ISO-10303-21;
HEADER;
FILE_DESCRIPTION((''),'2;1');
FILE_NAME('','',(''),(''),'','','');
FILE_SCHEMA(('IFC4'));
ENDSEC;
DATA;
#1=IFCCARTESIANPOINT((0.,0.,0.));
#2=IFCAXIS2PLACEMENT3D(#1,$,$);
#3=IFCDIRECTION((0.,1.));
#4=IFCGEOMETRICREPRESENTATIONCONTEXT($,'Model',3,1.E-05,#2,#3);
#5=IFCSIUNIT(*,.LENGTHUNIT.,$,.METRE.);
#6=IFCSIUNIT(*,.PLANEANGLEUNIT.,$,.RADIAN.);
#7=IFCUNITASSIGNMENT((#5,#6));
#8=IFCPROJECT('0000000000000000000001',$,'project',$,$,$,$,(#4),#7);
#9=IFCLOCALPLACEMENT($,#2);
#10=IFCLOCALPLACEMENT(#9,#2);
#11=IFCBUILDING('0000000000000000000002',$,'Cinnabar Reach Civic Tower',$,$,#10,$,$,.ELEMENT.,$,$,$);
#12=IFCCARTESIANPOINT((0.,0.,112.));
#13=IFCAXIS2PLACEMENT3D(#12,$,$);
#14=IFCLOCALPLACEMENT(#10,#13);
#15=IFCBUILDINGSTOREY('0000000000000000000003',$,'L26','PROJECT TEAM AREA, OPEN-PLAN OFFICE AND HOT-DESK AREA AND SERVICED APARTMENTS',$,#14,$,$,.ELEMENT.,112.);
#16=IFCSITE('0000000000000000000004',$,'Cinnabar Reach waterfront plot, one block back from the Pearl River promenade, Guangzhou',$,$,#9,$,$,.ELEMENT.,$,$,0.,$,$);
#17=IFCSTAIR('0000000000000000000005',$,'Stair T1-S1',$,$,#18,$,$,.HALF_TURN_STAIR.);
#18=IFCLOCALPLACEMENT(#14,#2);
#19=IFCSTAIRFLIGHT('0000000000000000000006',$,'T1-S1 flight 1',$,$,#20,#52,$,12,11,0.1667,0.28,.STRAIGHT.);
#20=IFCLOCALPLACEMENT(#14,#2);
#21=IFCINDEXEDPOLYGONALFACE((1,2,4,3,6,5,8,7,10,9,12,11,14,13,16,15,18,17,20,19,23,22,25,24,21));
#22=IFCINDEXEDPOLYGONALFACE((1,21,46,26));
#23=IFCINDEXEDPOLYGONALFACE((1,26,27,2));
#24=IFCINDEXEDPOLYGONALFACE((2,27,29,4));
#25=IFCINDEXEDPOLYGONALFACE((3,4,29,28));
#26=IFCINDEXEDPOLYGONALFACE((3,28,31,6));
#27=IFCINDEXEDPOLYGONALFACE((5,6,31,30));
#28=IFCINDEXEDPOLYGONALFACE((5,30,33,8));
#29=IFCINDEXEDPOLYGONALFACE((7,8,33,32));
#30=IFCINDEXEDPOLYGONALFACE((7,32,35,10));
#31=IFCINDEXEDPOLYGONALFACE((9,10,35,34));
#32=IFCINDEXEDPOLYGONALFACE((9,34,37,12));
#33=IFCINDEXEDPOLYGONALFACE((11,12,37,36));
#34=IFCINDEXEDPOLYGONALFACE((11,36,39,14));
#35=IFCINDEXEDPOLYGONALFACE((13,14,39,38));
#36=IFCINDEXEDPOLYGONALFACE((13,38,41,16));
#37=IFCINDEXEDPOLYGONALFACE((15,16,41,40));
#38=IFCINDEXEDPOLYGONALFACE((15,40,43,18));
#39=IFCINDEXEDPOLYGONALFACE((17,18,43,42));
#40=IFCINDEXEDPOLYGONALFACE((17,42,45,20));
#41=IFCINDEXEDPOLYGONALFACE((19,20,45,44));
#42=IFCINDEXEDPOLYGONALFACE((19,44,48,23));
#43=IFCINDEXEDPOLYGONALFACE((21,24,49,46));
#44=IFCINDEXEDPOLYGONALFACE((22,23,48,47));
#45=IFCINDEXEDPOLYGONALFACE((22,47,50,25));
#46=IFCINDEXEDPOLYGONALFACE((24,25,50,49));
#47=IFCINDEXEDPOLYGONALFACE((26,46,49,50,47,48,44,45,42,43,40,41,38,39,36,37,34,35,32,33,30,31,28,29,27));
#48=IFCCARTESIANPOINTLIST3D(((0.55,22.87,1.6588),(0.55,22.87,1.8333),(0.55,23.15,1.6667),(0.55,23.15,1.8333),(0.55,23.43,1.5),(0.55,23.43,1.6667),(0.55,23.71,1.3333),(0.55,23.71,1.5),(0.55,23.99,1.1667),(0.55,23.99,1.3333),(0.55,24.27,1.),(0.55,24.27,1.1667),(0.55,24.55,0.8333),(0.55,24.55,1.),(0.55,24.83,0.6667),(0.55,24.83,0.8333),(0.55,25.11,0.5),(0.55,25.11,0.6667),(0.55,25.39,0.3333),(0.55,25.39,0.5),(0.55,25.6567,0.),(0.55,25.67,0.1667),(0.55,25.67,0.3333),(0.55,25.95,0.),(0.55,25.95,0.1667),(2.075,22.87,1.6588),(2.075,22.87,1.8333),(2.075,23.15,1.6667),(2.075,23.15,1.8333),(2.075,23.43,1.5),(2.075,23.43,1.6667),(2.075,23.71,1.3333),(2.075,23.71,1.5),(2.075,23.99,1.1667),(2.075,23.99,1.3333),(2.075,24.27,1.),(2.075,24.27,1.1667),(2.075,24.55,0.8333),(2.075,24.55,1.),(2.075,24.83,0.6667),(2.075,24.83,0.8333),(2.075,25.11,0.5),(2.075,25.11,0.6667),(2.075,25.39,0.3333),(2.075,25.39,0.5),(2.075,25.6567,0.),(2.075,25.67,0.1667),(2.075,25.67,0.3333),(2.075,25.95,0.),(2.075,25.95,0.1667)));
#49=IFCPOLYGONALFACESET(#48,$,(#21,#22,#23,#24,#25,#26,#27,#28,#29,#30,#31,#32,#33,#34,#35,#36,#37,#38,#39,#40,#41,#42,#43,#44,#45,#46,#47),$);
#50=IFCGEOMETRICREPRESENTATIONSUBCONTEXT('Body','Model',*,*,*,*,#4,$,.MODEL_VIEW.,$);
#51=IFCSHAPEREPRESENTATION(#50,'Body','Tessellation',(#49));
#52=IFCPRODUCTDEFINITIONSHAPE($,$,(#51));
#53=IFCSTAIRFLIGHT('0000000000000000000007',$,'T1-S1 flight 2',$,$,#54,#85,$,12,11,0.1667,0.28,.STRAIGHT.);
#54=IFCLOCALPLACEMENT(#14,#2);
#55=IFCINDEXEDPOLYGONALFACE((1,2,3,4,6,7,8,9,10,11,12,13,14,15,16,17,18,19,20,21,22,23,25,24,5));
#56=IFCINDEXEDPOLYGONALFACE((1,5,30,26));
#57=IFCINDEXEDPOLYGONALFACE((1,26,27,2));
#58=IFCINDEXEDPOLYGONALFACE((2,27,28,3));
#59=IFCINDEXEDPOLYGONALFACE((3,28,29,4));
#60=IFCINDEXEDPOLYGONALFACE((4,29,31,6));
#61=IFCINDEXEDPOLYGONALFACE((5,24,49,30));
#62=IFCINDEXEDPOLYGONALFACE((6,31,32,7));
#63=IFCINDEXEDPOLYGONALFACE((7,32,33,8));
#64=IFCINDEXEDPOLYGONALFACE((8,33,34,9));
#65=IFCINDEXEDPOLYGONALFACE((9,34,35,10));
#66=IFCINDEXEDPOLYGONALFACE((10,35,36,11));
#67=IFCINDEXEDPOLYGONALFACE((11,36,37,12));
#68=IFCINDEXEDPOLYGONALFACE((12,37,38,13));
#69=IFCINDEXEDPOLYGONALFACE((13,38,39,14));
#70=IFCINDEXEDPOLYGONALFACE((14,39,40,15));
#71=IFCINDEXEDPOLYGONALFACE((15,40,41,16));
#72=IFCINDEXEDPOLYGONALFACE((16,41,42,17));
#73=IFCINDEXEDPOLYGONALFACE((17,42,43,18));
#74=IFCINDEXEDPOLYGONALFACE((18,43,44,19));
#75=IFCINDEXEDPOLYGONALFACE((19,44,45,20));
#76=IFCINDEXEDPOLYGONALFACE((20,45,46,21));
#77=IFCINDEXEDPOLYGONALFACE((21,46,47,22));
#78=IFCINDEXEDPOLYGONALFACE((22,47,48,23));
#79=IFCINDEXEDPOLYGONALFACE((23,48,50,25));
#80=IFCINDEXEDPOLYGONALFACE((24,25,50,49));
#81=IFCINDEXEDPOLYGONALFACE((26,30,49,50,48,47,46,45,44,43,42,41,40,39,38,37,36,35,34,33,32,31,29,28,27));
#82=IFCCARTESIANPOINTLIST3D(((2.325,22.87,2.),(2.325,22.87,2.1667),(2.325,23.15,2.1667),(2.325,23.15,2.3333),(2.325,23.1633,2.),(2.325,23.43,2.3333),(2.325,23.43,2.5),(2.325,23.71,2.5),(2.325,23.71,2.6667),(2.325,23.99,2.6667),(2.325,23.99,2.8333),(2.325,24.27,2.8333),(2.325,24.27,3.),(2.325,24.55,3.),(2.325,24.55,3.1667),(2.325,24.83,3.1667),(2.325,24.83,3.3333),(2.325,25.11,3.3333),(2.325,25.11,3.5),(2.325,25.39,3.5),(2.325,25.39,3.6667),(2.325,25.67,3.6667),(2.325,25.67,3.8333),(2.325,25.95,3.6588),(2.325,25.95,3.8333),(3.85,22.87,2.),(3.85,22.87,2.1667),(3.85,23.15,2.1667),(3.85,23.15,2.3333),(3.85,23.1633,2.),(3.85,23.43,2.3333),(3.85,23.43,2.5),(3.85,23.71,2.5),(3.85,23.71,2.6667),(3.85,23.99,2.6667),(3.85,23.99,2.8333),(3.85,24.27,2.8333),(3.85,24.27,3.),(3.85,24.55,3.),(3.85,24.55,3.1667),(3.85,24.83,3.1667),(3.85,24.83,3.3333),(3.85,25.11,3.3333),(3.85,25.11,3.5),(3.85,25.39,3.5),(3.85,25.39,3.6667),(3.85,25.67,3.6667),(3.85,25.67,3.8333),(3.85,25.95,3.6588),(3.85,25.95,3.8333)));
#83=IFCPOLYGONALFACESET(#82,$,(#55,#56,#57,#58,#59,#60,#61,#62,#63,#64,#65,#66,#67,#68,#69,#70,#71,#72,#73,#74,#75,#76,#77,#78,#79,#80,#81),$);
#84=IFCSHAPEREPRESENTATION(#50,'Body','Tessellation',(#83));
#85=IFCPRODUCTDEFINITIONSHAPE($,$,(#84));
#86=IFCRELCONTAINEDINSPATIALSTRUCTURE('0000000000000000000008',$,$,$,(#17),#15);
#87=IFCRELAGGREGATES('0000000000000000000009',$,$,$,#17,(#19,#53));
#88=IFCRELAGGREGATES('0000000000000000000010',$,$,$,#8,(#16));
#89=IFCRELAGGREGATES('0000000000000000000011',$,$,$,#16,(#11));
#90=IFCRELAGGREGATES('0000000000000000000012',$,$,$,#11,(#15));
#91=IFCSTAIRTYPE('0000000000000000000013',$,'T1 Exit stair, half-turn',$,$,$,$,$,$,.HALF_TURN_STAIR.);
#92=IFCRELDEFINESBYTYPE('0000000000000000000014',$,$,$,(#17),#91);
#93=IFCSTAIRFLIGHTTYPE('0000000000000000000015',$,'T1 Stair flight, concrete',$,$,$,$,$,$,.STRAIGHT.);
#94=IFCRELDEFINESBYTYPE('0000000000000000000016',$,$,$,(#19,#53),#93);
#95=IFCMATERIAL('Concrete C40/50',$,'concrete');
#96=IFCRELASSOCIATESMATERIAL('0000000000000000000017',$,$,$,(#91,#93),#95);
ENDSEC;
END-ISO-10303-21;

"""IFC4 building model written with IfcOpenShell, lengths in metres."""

from ifc_helpers import new_model, si_unit, direction, frame, origin, place, context, subcontext, project, spatial, polyline, outline, extrude, material, type_object, element, aggregate, save


model = new_model("IFC4")

# Units and contexts
model_context = context("Model", 3, precision=1e-05, world=origin(), true_north=direction((0.0, 1.0)))
body_context = subcontext(model_context, "Body", "Model", "MODEL_VIEW")
ifc_project = project(units=[si_unit("LENGTHUNIT", "METRE"), si_unit("PLANEANGLEUNIT", "RADIAN")], contexts=[model_context])

# Site, building, storey
site_placement = place(None, origin())
site = spatial("IfcSite", under=ifc_project, at=site_placement, Name="Cinnabar Reach waterfront plot, one block back from the Pearl River promenade, Guangzhou", CompositionType="ELEMENT", RefElevation=0.0)
building_placement = place(site_placement, origin())
building = spatial("IfcBuilding", under=site, at=building_placement, Name="Cinnabar Reach Civic Tower", CompositionType="ELEMENT")
storey_placement = place(building_placement, frame((0.0, 0.0, 112.0)))
storey = spatial("IfcBuildingStorey", under=building, at=storey_placement, Name="L26", Description="PROJECT TEAM AREA, OPEN-PLAN OFFICE AND HOT-DESK AREA AND SERVICED APARTMENTS", CompositionType="ELEMENT", Elevation=112.0)

# Stair, stair flights
ifc_material_1 = material(Name="Concrete C40/50", Category="concrete")
stair_type = type_object("IfcStairType", Name="T1 Exit stair, half-turn", PredefinedType="HALF_TURN_STAIR", material=ifc_material_1)
stair_placement = place(storey_placement, origin())
stair = element("IfcStair", 1, at=stair_placement, inside=storey, type_object=stair_type, Name="Stair T1-S1", PredefinedType="HALF_TURN_STAIR")
stair_flight_type = type_object("IfcStairFlightType", Name="T1 Stair flight, concrete", PredefinedType="STRAIGHT", material=ifc_material_1)
stair_flight_1_placement = place(storey_placement, frame((1.3125, 25.95, 0.0), z_axis=(0.0, 0.0, 1.0), x_axis=(0.0, -1.0, 0.0)))
stair_flight_1 = element("IfcStairFlight", 2, at=stair_flight_1_placement, type_object=stair_flight_type, Name="T1-S1 flight 1", NumberOfRisers=12, NumberOfTreads=11, PredefinedType="STRAIGHT", RiserHeight=0.1667, TreadLength=0.28, context=body_context, shape_type="SweptSolid", body=[
    extrude(outline(polyline([(0.0, 0.0), (0.0, 0.1667), (0.28, 0.1667), (0.28, 0.3333), (0.56, 0.3333), (0.56, 0.5), (0.84, 0.5), (0.84, 0.6667), (1.12, 0.6667), (1.12, 0.8333), (1.4, 0.8333), (1.4, 1.0), (1.68, 1.0), (1.68, 1.1667), (1.96, 1.1667), (1.96, 1.3333), (2.24, 1.3333), (2.24, 1.5), (2.52, 1.5), (2.52, 1.6667), (2.8, 1.6667), (2.8, 1.8333), (3.08, 1.8333), (3.08, 2.0), (3.08, 1.6588), (0.2933, 0.0), (0.0, 0.0)])), frame((0.0, 0.7625, 0.0), z_axis=(0.0, -1.0, 0.0), x_axis=(1.0, 0.0, 0.0)), (0.0, 0.0, 1.0), 1.525),
])
stair_flight_2_placement = place(storey_placement, frame((3.0875, 22.87, 2.0), z_axis=(0.0, 0.0, 1.0), x_axis=(0.0, 1.0, 0.0)))
stair_flight_2 = element("IfcStairFlight", 3, at=stair_flight_2_placement, type_object=stair_flight_type, Name="T1-S1 flight 2", NumberOfRisers=12, NumberOfTreads=11, PredefinedType="STRAIGHT", RiserHeight=0.1667, TreadLength=0.28, context=body_context, shape_type="SweptSolid", body=[
    extrude(outline(polyline([(0.0, 0.0), (0.0, 0.1667), (0.28, 0.1667), (0.28, 0.3333), (0.56, 0.3333), (0.56, 0.5), (0.84, 0.5), (0.84, 0.6667), (1.12, 0.6667), (1.12, 0.8333), (1.4, 0.8333), (1.4, 1.0), (1.68, 1.0), (1.68, 1.1667), (1.96, 1.1667), (1.96, 1.3333), (2.24, 1.3333), (2.24, 1.5), (2.52, 1.5), (2.52, 1.6667), (2.8, 1.6667), (2.8, 1.8333), (3.08, 1.8333), (3.08, 2.0), (3.08, 1.6588), (0.2933, 0.0), (0.0, 0.0)])), frame((0.0, 0.7625, 0.0), z_axis=(0.0, -1.0, 0.0), x_axis=(1.0, 0.0, 0.0)), (0.0, 0.0, 1.0), 1.525),
])
aggregate(stair, [stair_flight_1, stair_flight_2])

save(model, "model.ifc")
